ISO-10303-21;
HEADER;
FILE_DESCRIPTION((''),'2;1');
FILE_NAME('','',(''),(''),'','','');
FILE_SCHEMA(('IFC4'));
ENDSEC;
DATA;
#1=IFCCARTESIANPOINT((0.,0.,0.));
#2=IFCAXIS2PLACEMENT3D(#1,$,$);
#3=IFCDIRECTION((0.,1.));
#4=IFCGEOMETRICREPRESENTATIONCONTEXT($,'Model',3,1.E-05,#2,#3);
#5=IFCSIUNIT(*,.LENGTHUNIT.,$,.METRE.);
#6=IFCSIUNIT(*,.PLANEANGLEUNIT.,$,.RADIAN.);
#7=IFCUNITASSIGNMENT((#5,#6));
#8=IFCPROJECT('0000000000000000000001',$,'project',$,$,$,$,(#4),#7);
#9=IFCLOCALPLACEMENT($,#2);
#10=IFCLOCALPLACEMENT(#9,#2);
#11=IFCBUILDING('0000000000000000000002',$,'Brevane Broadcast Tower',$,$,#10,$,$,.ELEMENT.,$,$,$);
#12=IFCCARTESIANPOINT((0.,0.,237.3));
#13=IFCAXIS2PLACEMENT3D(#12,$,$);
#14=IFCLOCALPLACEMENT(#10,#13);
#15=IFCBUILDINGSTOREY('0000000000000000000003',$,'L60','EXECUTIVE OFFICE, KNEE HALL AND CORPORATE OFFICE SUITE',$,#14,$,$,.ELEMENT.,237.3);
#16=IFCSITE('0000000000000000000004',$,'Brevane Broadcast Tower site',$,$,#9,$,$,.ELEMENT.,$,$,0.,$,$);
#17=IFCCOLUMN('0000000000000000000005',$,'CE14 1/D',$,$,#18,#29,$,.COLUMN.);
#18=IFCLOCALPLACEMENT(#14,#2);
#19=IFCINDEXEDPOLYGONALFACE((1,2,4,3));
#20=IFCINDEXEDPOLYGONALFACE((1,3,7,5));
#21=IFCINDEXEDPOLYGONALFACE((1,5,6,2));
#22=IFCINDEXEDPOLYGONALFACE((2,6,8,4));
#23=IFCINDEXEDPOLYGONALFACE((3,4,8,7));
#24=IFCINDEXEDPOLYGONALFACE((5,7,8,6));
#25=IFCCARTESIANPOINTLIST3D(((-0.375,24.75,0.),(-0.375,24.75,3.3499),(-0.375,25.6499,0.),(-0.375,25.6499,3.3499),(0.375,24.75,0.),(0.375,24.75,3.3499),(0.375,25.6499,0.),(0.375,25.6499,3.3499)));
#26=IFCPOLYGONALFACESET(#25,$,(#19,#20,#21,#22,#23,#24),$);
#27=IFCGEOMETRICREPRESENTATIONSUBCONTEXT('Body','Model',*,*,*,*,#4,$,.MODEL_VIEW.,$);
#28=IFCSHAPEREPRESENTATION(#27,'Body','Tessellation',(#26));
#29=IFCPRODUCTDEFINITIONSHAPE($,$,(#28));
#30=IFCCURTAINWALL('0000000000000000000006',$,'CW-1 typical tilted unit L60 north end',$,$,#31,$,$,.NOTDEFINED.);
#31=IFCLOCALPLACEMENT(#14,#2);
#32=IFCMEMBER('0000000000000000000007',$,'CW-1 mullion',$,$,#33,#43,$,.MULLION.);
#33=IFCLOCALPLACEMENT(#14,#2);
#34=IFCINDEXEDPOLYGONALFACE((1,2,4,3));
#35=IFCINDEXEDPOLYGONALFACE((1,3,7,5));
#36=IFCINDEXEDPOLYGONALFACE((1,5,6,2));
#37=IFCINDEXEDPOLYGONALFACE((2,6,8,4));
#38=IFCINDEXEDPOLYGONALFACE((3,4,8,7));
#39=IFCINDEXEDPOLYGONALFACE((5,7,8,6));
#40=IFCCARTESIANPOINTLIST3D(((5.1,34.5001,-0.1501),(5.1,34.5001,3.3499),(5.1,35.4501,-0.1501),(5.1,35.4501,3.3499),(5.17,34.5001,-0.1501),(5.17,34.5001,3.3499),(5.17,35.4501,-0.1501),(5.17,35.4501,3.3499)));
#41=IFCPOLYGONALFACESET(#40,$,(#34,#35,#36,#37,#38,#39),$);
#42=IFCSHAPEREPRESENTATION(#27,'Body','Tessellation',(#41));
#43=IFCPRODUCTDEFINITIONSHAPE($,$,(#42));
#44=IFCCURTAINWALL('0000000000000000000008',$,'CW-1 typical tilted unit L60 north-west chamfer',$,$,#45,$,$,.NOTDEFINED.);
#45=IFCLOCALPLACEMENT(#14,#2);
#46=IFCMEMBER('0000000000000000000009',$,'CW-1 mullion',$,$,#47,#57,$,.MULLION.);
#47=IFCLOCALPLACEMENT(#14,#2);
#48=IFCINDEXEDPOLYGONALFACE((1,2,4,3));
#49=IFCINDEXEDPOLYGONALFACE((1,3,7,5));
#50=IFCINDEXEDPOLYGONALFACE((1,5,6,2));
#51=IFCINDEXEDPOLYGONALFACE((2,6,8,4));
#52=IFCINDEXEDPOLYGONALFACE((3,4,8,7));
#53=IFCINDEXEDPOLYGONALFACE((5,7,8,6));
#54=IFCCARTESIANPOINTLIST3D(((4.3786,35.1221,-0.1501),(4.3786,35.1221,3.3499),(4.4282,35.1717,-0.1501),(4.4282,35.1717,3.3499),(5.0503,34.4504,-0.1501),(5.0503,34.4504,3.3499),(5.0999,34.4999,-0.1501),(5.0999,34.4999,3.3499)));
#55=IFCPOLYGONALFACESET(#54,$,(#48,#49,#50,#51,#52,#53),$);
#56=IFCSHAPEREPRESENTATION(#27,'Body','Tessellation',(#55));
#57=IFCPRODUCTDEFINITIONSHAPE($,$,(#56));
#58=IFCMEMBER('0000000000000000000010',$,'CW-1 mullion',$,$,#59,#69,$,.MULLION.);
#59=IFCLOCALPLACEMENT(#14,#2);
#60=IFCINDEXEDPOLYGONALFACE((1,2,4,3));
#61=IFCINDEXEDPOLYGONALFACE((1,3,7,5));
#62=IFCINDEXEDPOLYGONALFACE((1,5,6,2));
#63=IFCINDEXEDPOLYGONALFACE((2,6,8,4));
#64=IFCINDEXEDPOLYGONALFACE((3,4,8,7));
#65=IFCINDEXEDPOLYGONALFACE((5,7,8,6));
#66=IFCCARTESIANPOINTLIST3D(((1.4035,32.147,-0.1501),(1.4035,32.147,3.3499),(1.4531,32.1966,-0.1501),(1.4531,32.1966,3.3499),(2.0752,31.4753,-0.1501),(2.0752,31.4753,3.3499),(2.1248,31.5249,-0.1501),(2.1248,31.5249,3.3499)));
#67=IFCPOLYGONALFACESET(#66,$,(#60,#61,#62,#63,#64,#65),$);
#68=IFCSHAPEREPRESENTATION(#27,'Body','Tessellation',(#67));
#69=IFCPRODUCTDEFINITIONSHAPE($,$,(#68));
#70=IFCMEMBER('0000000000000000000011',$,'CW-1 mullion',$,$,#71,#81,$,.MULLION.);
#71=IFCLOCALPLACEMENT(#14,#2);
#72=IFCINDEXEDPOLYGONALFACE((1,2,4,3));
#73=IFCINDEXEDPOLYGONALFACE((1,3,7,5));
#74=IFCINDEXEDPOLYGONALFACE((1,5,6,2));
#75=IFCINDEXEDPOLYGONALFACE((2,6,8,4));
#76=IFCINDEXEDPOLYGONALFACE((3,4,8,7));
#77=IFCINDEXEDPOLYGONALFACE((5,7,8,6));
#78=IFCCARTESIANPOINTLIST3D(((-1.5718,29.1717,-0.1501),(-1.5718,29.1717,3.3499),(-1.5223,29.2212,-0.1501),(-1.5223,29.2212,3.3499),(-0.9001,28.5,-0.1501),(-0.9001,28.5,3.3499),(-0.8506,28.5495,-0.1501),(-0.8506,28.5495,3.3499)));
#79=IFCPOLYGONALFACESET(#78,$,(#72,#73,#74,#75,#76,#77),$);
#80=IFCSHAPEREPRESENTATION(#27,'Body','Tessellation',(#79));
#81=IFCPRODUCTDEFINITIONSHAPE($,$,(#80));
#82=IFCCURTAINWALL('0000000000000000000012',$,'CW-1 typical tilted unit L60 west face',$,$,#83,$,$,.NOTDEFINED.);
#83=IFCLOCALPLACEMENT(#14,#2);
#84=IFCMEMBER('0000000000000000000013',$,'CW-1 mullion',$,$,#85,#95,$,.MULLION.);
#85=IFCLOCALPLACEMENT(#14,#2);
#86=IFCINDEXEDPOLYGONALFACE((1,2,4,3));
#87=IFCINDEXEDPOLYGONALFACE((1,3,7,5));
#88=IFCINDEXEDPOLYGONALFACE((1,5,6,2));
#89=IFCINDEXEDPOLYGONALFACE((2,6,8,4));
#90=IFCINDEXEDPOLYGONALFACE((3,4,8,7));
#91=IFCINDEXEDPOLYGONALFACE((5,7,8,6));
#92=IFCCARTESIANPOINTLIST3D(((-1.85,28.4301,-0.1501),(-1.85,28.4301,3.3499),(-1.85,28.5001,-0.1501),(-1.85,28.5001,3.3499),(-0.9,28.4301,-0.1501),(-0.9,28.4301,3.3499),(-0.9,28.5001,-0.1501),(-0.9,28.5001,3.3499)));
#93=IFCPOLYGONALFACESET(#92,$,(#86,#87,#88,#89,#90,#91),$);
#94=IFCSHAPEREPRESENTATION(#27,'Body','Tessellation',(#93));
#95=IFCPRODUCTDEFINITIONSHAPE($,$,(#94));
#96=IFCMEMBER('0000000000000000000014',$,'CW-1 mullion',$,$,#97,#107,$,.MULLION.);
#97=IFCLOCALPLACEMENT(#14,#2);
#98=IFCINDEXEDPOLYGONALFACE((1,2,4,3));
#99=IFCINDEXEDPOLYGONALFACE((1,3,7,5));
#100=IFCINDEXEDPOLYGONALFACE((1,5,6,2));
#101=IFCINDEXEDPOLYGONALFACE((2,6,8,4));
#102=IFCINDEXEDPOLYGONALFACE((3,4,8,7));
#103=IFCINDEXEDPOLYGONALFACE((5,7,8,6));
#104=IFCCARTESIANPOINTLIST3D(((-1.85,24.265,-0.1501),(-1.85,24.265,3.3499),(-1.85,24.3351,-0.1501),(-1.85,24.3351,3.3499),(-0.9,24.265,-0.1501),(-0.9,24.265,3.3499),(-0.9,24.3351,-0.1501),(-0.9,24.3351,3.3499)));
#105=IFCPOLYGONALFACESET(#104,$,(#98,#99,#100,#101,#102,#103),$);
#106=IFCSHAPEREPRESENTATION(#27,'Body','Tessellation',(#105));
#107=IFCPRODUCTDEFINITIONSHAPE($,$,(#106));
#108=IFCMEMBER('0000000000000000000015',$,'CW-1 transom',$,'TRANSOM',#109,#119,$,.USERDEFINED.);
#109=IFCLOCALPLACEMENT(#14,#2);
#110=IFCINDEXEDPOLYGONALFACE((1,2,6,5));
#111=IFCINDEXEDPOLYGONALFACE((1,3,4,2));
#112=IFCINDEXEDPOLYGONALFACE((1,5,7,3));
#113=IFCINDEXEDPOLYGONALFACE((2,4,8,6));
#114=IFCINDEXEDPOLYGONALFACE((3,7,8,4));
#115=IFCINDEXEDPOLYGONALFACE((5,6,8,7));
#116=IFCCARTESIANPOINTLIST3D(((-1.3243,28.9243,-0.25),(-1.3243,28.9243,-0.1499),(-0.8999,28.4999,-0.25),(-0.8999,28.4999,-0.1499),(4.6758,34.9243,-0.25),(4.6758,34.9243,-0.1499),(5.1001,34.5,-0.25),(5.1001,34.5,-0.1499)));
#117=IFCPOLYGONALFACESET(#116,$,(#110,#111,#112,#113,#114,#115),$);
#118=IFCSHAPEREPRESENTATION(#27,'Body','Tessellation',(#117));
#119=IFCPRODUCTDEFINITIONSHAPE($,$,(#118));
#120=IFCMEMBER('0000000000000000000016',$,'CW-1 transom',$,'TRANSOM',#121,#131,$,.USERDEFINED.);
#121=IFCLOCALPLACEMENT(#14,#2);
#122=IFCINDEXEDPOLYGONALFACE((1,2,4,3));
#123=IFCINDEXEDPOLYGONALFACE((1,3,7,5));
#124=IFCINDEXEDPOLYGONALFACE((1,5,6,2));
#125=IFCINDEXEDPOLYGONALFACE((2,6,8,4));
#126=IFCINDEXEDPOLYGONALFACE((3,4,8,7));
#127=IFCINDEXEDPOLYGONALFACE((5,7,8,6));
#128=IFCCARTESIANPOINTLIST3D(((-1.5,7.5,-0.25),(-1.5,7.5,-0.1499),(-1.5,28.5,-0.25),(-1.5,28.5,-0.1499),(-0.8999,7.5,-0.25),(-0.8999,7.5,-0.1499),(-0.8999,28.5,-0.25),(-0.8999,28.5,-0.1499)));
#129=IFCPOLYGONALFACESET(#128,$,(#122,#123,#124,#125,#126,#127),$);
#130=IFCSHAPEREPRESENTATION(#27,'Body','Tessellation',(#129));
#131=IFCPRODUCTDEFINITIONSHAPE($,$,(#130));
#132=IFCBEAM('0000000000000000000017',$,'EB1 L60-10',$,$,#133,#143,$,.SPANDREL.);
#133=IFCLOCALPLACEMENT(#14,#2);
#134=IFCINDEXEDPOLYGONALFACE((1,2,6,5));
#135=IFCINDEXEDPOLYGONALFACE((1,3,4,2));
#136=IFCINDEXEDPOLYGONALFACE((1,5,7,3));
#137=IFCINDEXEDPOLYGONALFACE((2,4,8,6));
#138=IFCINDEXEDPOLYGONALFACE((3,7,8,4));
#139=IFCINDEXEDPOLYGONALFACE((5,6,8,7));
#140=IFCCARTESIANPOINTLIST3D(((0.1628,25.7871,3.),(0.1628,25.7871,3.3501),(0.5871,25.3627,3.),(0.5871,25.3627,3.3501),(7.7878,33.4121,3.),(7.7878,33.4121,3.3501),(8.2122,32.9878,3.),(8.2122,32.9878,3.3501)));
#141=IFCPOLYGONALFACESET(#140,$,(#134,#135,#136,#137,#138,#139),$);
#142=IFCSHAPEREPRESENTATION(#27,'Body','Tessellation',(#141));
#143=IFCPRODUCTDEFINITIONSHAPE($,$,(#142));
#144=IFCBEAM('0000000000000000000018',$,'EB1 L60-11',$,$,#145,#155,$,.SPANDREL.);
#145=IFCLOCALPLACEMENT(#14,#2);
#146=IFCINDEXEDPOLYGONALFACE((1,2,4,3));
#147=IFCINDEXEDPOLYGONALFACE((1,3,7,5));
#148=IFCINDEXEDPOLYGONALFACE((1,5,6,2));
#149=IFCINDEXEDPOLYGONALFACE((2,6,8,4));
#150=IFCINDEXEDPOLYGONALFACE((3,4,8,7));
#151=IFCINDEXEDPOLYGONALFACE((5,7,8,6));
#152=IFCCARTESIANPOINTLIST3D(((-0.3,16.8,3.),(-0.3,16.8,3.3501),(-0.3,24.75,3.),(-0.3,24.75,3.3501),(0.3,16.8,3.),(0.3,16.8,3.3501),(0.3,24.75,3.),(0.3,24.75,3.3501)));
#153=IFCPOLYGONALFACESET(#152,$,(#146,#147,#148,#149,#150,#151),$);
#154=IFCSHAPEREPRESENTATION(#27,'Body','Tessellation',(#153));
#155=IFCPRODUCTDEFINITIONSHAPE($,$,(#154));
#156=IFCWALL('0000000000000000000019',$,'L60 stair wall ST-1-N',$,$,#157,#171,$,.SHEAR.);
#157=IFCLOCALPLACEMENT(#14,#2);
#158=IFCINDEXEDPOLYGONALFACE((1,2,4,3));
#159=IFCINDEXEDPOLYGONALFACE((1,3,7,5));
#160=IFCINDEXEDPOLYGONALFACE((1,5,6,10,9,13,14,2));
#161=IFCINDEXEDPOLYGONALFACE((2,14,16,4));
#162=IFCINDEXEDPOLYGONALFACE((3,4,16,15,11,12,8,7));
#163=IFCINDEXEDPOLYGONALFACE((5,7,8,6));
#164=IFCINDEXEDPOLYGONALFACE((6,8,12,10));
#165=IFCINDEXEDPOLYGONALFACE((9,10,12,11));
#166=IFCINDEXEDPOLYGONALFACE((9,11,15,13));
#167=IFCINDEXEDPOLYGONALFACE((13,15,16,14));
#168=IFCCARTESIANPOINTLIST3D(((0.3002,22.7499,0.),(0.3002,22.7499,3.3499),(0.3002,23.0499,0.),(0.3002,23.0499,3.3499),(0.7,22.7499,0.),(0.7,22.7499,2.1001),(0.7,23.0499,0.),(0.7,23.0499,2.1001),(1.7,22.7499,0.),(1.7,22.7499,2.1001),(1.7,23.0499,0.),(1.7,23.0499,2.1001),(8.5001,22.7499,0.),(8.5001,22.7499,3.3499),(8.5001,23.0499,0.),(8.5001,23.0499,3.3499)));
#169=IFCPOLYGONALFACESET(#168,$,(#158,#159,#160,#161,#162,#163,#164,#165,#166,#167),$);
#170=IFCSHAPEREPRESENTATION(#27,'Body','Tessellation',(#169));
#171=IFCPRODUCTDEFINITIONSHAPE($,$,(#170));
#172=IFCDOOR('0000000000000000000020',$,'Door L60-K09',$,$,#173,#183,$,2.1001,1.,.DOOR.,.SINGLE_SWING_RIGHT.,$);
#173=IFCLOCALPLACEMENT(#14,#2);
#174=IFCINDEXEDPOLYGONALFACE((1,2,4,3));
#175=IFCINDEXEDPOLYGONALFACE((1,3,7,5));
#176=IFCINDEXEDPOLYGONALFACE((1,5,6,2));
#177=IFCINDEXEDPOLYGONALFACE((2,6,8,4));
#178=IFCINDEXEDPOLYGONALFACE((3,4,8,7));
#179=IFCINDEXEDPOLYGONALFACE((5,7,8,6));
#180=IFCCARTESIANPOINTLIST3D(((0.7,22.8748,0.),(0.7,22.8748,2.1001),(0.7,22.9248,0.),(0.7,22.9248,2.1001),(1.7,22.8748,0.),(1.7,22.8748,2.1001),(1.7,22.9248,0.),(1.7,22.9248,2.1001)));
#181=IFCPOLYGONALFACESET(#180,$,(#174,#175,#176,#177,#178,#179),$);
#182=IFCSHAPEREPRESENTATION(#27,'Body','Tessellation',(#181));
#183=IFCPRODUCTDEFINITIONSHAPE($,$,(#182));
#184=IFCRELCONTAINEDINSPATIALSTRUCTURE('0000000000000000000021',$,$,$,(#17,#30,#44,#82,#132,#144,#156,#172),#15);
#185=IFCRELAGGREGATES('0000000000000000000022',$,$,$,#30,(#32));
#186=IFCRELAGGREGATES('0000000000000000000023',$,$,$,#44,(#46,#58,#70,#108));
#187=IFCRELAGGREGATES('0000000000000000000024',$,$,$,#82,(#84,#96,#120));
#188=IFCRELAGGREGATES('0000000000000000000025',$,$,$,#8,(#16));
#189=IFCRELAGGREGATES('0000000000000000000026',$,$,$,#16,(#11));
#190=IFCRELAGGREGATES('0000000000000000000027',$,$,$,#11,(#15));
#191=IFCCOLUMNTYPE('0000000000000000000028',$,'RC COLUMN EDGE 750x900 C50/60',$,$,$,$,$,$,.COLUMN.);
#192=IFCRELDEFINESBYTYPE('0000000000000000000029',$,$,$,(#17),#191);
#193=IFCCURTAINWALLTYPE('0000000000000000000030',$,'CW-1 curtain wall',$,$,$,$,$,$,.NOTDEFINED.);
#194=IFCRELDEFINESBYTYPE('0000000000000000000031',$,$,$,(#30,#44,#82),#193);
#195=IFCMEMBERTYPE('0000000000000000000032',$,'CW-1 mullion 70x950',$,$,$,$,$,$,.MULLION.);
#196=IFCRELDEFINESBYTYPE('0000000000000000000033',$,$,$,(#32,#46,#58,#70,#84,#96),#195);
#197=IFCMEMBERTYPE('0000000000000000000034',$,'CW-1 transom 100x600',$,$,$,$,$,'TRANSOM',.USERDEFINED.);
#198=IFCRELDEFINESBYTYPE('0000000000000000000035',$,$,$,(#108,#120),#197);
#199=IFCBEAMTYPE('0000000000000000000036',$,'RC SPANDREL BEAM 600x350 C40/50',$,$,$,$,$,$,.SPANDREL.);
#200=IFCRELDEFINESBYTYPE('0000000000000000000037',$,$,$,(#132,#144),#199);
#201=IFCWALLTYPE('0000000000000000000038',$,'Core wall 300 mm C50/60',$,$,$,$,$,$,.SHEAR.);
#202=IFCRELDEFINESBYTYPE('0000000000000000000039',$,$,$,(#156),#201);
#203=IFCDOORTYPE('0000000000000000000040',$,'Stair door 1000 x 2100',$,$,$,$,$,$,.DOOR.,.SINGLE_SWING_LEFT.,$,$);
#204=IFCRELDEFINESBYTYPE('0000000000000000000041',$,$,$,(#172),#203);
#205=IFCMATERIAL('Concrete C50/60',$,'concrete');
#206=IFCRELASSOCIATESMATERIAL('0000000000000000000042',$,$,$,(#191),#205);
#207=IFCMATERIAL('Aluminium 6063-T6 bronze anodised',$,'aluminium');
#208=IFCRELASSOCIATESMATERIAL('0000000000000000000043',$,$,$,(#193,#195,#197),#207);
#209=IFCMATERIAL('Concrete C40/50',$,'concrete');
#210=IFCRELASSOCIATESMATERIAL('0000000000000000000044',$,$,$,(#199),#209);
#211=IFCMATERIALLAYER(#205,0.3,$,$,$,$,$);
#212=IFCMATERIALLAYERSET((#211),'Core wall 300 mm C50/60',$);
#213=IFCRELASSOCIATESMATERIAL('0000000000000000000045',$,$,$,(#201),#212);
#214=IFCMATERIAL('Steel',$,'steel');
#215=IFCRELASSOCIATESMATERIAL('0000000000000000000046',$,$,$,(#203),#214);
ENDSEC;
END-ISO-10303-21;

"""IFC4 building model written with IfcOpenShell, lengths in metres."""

from ifc_helpers import new_model, si_unit, direction, frame, frame_2d, origin, origin_2d, place, context, subcontext, project, spatial, rectangle, extrude, material, layer, layer_set, material_profile, profile_set, type_object, element, fill, aggregate, save


model = new_model("IFC4")

# Units and contexts
model_context = context("Model", 3, precision=1e-05, world=origin(), true_north=direction((0.0, 1.0)))
body_context = subcontext(model_context, "Body", "Model", "MODEL_VIEW")
ifc_project = project(units=[si_unit("LENGTHUNIT", "METRE"), si_unit("PLANEANGLEUNIT", "RADIAN")], contexts=[model_context])

# Site, building, storey
site_placement = place(None, origin())
site = spatial("IfcSite", under=ifc_project, at=site_placement, Name="Brevane Broadcast Tower site", CompositionType="ELEMENT", RefElevation=0.0)
building_placement = place(site_placement, origin())
building = spatial("IfcBuilding", under=site, at=building_placement, Name="Brevane Broadcast Tower", CompositionType="ELEMENT")
storey_placement = place(building_placement, frame((0.0, 0.0, 237.3)))
storey = spatial("IfcBuildingStorey", under=building, at=storey_placement, Name="L60", Description="EXECUTIVE OFFICE, KNEE HALL AND CORPORATE OFFICE SUITE", CompositionType="ELEMENT", Elevation=237.3)

# Column
ifc_material_1 = material(Name="Concrete C50/60", Category="concrete")
ifc_material_profile_1 = material_profile(ifc_material_1, rectangle(XDim=0.75, YDim=0.8999, at=origin_2d()), Name="RC 750x900")
ifc_profile_set_1 = profile_set([ifc_material_profile_1], Name="Concrete C50/60")
column_type = type_object("IfcColumnType", Name="RC COLUMN EDGE 750x900 C50/60", PredefinedType="COLUMN", material=ifc_profile_set_1)
column_placement = place(storey_placement, frame((0.0, 25.2, 0.0), z_axis=(0.0, 0.0, 1.0), x_axis=(1.0, 0.0, 0.0)))
element("IfcColumn", 1, at=column_placement, inside=storey, type_object=column_type, Name="CE14 1/D", PredefinedType="COLUMN", context=body_context, shape_type="SweptSolid", body=[
    extrude(rectangle(XDim=0.75, YDim=0.8999, at=origin_2d()), origin(), (0.0, 0.0, 1.0), 3.3499),
])

# Curtain wall, member
ifc_material_2 = material(Name="Aluminium 6063-T6 bronze anodised", Category="aluminium")
curtain_wall_type = type_object("IfcCurtainWallType", Name="CW-1 curtain wall", PredefinedType="NOTDEFINED", material=ifc_material_2)
curtain_wall_1_placement = place(storey_placement, origin())
curtain_wall_1 = element("IfcCurtainWall", 2, at=curtain_wall_1_placement, inside=storey, type_object=curtain_wall_type, Name="CW-1 typical tilted unit L60 north end", PredefinedType="NOTDEFINED")
ifc_material_profile_2 = material_profile(ifc_material_2, rectangle(XDim=0.95, YDim=0.0701, at=origin_2d()), Name="RECT 70x950")
ifc_profile_set_2 = profile_set([ifc_material_profile_2], Name="Aluminium 6063-T6 bronze anodised")
member_type_1 = type_object("IfcMemberType", Name="CW-1 mullion 70x950", PredefinedType="MULLION", material=ifc_profile_set_2)
member_1_placement = place(storey_placement, frame((5.135, 34.9751, -0.1501), z_axis=(0.0, 0.0, 1.0), x_axis=(0.0, -1.0, 0.0)))
member_1 = element("IfcMember", 3, at=member_1_placement, type_object=member_type_1, Name="CW-1 mullion", PredefinedType="MULLION", context=body_context, shape_type="SweptSolid", body=[
    extrude(rectangle(XDim=0.95, YDim=0.0701, at=origin_2d()), origin(), (0.0, 0.0, 1.0), 3.5),
])
aggregate(curtain_wall_1, [member_1])

# Curtain walls, members
curtain_wall_2_placement = place(storey_placement, origin())
curtain_wall_2 = element("IfcCurtainWall", 4, at=curtain_wall_2_placement, inside=storey, type_object=curtain_wall_type, Name="CW-1 typical tilted unit L60 north-west chamfer", PredefinedType="NOTDEFINED")
member_2_placement = place(storey_placement, frame((4.7393, 34.811, -0.1501), z_axis=(0.0, 0.0, 1.0), x_axis=(0.707107, -0.707107, 0.0)))
member_2 = element("IfcMember", 5, at=member_2_placement, type_object=member_type_1, Name="CW-1 mullion", PredefinedType="MULLION", context=body_context, shape_type="SweptSolid", body=[
    extrude(rectangle(XDim=0.95, YDim=0.0701, at=origin_2d()), origin(), (0.0, 0.0, 1.0), 3.5),
])
member_3_placement = place(storey_placement, frame((1.7642, 31.8359, -0.1501), z_axis=(0.0, 0.0, 1.0), x_axis=(0.707107, -0.707107, 0.0)))
member_3 = element("IfcMember", 6, at=member_3_placement, type_object=member_type_1, Name="CW-1 mullion", PredefinedType="MULLION", context=body_context, shape_type="SweptSolid", body=[
    extrude(rectangle(XDim=0.95, YDim=0.0701, at=origin_2d()), origin(), (0.0, 0.0, 1.0), 3.5),
])
member_4_placement = place(storey_placement, frame((-1.2112, 28.8606, -0.1501), z_axis=(0.0, 0.0, 1.0), x_axis=(0.707107, -0.707107, 0.0)))
member_4 = element("IfcMember", 7, at=member_4_placement, type_object=member_type_1, Name="CW-1 mullion", PredefinedType="MULLION", context=body_context, shape_type="SweptSolid", body=[
    extrude(rectangle(XDim=0.95, YDim=0.0701, at=origin_2d()), origin(), (0.0, 0.0, 1.0), 3.5),
])
curtain_wall_3_placement = place(storey_placement, origin())
curtain_wall_3 = element("IfcCurtainWall", 8, at=curtain_wall_3_placement, inside=storey, type_object=curtain_wall_type, Name="CW-1 typical tilted unit L60 west face", PredefinedType="NOTDEFINED")
member_5_placement = place(storey_placement, frame((-1.375, 28.4651, -0.1501), z_axis=(0.0, 0.0, 1.0), x_axis=(1.0, 0.0, 0.0)))
member_5 = element("IfcMember", 9, at=member_5_placement, type_object=member_type_1, Name="CW-1 mullion", PredefinedType="MULLION", context=body_context, shape_type="SweptSolid", body=[
    extrude(rectangle(XDim=0.95, YDim=0.0701, at=origin_2d()), origin(), (0.0, 0.0, 1.0), 3.5),
])
member_6_placement = place(storey_placement, frame((-1.375, 24.3, -0.1501), z_axis=(0.0, 0.0, 1.0), x_axis=(1.0, 0.0, 0.0)))
member_6 = element("IfcMember", 10, at=member_6_placement, type_object=member_type_1, Name="CW-1 mullion", PredefinedType="MULLION", context=body_context, shape_type="SweptSolid", body=[
    extrude(rectangle(XDim=0.95, YDim=0.0701, at=origin_2d()), origin(), (0.0, 0.0, 1.0), 3.5),
])

# Members
ifc_material_profile_3 = material_profile(ifc_material_2, rectangle(XDim=0.6001, YDim=0.1001, at=origin_2d()), Name="RECT 100x600")
ifc_profile_set_3 = profile_set([ifc_material_profile_3], Name="Aluminium 6063-T6 bronze anodised")
member_type_2 = type_object("IfcMemberType", Name="CW-1 transom 100x600", ElementType="TRANSOM", PredefinedType="USERDEFINED", material=ifc_profile_set_3)
member_7_placement = place(storey_placement, frame((4.8879, 34.7122, -0.2), z_axis=(-0.707107, -0.707107, 0.0), x_axis=(0.707107, -0.707107, 0.0)))
member_7 = element("IfcMember", 11, at=member_7_placement, type_object=member_type_2, Name="CW-1 transom", ObjectType="TRANSOM", PredefinedType="USERDEFINED", context=body_context, shape_type="SweptSolid", body=[
    extrude(rectangle(XDim=0.6001, YDim=0.1001, at=origin_2d()), origin(), (0.0, 0.0, 1.0), 8.4854),
])
aggregate(curtain_wall_2, [member_2, member_3, member_4, member_7])
member_8_placement = place(storey_placement, frame((-1.2, 28.5, -0.2), z_axis=(0.0, -1.0, 0.0), x_axis=(1.0, 0.0, 0.0)))
member_8 = element("IfcMember", 12, at=member_8_placement, type_object=member_type_2, Name="CW-1 transom", ObjectType="TRANSOM", PredefinedType="USERDEFINED", context=body_context, shape_type="SweptSolid", body=[
    extrude(rectangle(XDim=0.6001, YDim=0.1001, at=origin_2d()), origin(), (0.0, 0.0, 1.0), 21.0),
])
aggregate(curtain_wall_3, [member_5, member_6, member_8])

# Beams
ifc_material_3 = material(Name="Concrete C40/50", Category="concrete")
ifc_material_profile_4 = material_profile(ifc_material_3, rectangle(XDim=0.6001, YDim=0.3501, at=origin_2d()), Name="RC 600x350")
ifc_profile_set_4 = profile_set([ifc_material_profile_4], Name="Concrete C40/50")
beam_type = type_object("IfcBeamType", Name="RC SPANDREL BEAM 600x350 C40/50", PredefinedType="SPANDREL", material=ifc_profile_set_4)
beam_1_placement = place(storey_placement, frame((8.0, 33.2, 3.175), z_axis=(-0.707107, -0.707107, 0.0), x_axis=(0.707107, -0.707107, 0.0)))
element("IfcBeam", 13, at=beam_1_placement, inside=storey, type_object=beam_type, Name="EB1 L60-10", PredefinedType="SPANDREL", context=body_context, shape_type="SweptSolid", body=[
    extrude(rectangle(XDim=0.6001, YDim=0.3501, at=origin_2d()), origin(), (0.0, 0.0, 1.0), 10.7834),
])
beam_2_placement = place(storey_placement, frame((0.0, 24.75, 3.175), z_axis=(0.0, -1.0, 0.0), x_axis=(1.0, 0.0, 0.0)))
element("IfcBeam", 14, at=beam_2_placement, inside=storey, type_object=beam_type, Name="EB1 L60-11", PredefinedType="SPANDREL", context=body_context, shape_type="SweptSolid", body=[
    extrude(rectangle(XDim=0.6001, YDim=0.3501, at=origin_2d()), origin(), (0.0, 0.0, 1.0), 7.95),
])

# Wall, opening, door
ifc_layer_1 = layer(ifc_material_1, 0.3)
ifc_layer_set_1 = layer_set([ifc_layer_1], Name="Core wall 300 mm C50/60")
wall_type_1 = type_object("IfcWallType", Name="Core wall 300 mm C50/60", PredefinedType="SHEAR", material=ifc_layer_set_1)
wall_1_placement = place(storey_placement, frame((0.3, 22.8999, 0.0), z_axis=(0.0, 0.0, 1.0), x_axis=(1.0, 0.0, 0.0)))
wall_1 = element("IfcWall", 15, at=wall_1_placement, inside=storey, type_object=wall_type_1, Name="L60 stair wall ST-1-N", PredefinedType="SHEAR", context=body_context, shape_type="SweptSolid", body=[
    extrude(rectangle(XDim=8.2, YDim=0.3, at=frame_2d((4.1001, 0.0))), origin(), (0.0, 0.0, 1.0), 3.3499),
])
opening_placement = place(wall_1_placement, frame((0.3999, 0.0, 0.0)))
opening = element("IfcOpeningElement", 16, at=opening_placement, cuts=wall_1, PredefinedType="OPENING", context=body_context, shape_type="SweptSolid", body=[
    extrude(rectangle(XDim=1.0, YDim=2.1001, at=frame_2d((0.5, 1.05))), frame((0.0, 0.1599, 0.0), z_axis=(0.0, -1.0, 0.0), x_axis=(1.0, 0.0, 0.0)), (0.0, 0.0, 1.0), 0.3201),
])
ifc_material_4 = material(Name="Steel", Category="steel")
door_type = type_object("IfcDoorType", Name="Stair door 1000 x 2100", OperationType="SINGLE_SWING_LEFT", PredefinedType="DOOR", material=ifc_material_4)
door_placement = place(opening_placement, origin())
door = element("IfcDoor", 17, at=door_placement, inside=storey, type_object=door_type, Name="Door L60-K09", OperationType="SINGLE_SWING_RIGHT", OverallHeight=2.1001, OverallWidth=1.0, PredefinedType="DOOR", context=body_context, shape_type="SweptSolid", body=[
    extrude(rectangle(XDim=1.0, YDim=2.1001, at=frame_2d((0.5, 1.05))), frame((0.0, 0.0249, 0.0), z_axis=(0.0, -1.0, 0.0), x_axis=(1.0, 0.0, 0.0)), (0.0, 0.0, 1.0), 0.05),
])
fill(opening, door)

save(model, "model.ifc")
